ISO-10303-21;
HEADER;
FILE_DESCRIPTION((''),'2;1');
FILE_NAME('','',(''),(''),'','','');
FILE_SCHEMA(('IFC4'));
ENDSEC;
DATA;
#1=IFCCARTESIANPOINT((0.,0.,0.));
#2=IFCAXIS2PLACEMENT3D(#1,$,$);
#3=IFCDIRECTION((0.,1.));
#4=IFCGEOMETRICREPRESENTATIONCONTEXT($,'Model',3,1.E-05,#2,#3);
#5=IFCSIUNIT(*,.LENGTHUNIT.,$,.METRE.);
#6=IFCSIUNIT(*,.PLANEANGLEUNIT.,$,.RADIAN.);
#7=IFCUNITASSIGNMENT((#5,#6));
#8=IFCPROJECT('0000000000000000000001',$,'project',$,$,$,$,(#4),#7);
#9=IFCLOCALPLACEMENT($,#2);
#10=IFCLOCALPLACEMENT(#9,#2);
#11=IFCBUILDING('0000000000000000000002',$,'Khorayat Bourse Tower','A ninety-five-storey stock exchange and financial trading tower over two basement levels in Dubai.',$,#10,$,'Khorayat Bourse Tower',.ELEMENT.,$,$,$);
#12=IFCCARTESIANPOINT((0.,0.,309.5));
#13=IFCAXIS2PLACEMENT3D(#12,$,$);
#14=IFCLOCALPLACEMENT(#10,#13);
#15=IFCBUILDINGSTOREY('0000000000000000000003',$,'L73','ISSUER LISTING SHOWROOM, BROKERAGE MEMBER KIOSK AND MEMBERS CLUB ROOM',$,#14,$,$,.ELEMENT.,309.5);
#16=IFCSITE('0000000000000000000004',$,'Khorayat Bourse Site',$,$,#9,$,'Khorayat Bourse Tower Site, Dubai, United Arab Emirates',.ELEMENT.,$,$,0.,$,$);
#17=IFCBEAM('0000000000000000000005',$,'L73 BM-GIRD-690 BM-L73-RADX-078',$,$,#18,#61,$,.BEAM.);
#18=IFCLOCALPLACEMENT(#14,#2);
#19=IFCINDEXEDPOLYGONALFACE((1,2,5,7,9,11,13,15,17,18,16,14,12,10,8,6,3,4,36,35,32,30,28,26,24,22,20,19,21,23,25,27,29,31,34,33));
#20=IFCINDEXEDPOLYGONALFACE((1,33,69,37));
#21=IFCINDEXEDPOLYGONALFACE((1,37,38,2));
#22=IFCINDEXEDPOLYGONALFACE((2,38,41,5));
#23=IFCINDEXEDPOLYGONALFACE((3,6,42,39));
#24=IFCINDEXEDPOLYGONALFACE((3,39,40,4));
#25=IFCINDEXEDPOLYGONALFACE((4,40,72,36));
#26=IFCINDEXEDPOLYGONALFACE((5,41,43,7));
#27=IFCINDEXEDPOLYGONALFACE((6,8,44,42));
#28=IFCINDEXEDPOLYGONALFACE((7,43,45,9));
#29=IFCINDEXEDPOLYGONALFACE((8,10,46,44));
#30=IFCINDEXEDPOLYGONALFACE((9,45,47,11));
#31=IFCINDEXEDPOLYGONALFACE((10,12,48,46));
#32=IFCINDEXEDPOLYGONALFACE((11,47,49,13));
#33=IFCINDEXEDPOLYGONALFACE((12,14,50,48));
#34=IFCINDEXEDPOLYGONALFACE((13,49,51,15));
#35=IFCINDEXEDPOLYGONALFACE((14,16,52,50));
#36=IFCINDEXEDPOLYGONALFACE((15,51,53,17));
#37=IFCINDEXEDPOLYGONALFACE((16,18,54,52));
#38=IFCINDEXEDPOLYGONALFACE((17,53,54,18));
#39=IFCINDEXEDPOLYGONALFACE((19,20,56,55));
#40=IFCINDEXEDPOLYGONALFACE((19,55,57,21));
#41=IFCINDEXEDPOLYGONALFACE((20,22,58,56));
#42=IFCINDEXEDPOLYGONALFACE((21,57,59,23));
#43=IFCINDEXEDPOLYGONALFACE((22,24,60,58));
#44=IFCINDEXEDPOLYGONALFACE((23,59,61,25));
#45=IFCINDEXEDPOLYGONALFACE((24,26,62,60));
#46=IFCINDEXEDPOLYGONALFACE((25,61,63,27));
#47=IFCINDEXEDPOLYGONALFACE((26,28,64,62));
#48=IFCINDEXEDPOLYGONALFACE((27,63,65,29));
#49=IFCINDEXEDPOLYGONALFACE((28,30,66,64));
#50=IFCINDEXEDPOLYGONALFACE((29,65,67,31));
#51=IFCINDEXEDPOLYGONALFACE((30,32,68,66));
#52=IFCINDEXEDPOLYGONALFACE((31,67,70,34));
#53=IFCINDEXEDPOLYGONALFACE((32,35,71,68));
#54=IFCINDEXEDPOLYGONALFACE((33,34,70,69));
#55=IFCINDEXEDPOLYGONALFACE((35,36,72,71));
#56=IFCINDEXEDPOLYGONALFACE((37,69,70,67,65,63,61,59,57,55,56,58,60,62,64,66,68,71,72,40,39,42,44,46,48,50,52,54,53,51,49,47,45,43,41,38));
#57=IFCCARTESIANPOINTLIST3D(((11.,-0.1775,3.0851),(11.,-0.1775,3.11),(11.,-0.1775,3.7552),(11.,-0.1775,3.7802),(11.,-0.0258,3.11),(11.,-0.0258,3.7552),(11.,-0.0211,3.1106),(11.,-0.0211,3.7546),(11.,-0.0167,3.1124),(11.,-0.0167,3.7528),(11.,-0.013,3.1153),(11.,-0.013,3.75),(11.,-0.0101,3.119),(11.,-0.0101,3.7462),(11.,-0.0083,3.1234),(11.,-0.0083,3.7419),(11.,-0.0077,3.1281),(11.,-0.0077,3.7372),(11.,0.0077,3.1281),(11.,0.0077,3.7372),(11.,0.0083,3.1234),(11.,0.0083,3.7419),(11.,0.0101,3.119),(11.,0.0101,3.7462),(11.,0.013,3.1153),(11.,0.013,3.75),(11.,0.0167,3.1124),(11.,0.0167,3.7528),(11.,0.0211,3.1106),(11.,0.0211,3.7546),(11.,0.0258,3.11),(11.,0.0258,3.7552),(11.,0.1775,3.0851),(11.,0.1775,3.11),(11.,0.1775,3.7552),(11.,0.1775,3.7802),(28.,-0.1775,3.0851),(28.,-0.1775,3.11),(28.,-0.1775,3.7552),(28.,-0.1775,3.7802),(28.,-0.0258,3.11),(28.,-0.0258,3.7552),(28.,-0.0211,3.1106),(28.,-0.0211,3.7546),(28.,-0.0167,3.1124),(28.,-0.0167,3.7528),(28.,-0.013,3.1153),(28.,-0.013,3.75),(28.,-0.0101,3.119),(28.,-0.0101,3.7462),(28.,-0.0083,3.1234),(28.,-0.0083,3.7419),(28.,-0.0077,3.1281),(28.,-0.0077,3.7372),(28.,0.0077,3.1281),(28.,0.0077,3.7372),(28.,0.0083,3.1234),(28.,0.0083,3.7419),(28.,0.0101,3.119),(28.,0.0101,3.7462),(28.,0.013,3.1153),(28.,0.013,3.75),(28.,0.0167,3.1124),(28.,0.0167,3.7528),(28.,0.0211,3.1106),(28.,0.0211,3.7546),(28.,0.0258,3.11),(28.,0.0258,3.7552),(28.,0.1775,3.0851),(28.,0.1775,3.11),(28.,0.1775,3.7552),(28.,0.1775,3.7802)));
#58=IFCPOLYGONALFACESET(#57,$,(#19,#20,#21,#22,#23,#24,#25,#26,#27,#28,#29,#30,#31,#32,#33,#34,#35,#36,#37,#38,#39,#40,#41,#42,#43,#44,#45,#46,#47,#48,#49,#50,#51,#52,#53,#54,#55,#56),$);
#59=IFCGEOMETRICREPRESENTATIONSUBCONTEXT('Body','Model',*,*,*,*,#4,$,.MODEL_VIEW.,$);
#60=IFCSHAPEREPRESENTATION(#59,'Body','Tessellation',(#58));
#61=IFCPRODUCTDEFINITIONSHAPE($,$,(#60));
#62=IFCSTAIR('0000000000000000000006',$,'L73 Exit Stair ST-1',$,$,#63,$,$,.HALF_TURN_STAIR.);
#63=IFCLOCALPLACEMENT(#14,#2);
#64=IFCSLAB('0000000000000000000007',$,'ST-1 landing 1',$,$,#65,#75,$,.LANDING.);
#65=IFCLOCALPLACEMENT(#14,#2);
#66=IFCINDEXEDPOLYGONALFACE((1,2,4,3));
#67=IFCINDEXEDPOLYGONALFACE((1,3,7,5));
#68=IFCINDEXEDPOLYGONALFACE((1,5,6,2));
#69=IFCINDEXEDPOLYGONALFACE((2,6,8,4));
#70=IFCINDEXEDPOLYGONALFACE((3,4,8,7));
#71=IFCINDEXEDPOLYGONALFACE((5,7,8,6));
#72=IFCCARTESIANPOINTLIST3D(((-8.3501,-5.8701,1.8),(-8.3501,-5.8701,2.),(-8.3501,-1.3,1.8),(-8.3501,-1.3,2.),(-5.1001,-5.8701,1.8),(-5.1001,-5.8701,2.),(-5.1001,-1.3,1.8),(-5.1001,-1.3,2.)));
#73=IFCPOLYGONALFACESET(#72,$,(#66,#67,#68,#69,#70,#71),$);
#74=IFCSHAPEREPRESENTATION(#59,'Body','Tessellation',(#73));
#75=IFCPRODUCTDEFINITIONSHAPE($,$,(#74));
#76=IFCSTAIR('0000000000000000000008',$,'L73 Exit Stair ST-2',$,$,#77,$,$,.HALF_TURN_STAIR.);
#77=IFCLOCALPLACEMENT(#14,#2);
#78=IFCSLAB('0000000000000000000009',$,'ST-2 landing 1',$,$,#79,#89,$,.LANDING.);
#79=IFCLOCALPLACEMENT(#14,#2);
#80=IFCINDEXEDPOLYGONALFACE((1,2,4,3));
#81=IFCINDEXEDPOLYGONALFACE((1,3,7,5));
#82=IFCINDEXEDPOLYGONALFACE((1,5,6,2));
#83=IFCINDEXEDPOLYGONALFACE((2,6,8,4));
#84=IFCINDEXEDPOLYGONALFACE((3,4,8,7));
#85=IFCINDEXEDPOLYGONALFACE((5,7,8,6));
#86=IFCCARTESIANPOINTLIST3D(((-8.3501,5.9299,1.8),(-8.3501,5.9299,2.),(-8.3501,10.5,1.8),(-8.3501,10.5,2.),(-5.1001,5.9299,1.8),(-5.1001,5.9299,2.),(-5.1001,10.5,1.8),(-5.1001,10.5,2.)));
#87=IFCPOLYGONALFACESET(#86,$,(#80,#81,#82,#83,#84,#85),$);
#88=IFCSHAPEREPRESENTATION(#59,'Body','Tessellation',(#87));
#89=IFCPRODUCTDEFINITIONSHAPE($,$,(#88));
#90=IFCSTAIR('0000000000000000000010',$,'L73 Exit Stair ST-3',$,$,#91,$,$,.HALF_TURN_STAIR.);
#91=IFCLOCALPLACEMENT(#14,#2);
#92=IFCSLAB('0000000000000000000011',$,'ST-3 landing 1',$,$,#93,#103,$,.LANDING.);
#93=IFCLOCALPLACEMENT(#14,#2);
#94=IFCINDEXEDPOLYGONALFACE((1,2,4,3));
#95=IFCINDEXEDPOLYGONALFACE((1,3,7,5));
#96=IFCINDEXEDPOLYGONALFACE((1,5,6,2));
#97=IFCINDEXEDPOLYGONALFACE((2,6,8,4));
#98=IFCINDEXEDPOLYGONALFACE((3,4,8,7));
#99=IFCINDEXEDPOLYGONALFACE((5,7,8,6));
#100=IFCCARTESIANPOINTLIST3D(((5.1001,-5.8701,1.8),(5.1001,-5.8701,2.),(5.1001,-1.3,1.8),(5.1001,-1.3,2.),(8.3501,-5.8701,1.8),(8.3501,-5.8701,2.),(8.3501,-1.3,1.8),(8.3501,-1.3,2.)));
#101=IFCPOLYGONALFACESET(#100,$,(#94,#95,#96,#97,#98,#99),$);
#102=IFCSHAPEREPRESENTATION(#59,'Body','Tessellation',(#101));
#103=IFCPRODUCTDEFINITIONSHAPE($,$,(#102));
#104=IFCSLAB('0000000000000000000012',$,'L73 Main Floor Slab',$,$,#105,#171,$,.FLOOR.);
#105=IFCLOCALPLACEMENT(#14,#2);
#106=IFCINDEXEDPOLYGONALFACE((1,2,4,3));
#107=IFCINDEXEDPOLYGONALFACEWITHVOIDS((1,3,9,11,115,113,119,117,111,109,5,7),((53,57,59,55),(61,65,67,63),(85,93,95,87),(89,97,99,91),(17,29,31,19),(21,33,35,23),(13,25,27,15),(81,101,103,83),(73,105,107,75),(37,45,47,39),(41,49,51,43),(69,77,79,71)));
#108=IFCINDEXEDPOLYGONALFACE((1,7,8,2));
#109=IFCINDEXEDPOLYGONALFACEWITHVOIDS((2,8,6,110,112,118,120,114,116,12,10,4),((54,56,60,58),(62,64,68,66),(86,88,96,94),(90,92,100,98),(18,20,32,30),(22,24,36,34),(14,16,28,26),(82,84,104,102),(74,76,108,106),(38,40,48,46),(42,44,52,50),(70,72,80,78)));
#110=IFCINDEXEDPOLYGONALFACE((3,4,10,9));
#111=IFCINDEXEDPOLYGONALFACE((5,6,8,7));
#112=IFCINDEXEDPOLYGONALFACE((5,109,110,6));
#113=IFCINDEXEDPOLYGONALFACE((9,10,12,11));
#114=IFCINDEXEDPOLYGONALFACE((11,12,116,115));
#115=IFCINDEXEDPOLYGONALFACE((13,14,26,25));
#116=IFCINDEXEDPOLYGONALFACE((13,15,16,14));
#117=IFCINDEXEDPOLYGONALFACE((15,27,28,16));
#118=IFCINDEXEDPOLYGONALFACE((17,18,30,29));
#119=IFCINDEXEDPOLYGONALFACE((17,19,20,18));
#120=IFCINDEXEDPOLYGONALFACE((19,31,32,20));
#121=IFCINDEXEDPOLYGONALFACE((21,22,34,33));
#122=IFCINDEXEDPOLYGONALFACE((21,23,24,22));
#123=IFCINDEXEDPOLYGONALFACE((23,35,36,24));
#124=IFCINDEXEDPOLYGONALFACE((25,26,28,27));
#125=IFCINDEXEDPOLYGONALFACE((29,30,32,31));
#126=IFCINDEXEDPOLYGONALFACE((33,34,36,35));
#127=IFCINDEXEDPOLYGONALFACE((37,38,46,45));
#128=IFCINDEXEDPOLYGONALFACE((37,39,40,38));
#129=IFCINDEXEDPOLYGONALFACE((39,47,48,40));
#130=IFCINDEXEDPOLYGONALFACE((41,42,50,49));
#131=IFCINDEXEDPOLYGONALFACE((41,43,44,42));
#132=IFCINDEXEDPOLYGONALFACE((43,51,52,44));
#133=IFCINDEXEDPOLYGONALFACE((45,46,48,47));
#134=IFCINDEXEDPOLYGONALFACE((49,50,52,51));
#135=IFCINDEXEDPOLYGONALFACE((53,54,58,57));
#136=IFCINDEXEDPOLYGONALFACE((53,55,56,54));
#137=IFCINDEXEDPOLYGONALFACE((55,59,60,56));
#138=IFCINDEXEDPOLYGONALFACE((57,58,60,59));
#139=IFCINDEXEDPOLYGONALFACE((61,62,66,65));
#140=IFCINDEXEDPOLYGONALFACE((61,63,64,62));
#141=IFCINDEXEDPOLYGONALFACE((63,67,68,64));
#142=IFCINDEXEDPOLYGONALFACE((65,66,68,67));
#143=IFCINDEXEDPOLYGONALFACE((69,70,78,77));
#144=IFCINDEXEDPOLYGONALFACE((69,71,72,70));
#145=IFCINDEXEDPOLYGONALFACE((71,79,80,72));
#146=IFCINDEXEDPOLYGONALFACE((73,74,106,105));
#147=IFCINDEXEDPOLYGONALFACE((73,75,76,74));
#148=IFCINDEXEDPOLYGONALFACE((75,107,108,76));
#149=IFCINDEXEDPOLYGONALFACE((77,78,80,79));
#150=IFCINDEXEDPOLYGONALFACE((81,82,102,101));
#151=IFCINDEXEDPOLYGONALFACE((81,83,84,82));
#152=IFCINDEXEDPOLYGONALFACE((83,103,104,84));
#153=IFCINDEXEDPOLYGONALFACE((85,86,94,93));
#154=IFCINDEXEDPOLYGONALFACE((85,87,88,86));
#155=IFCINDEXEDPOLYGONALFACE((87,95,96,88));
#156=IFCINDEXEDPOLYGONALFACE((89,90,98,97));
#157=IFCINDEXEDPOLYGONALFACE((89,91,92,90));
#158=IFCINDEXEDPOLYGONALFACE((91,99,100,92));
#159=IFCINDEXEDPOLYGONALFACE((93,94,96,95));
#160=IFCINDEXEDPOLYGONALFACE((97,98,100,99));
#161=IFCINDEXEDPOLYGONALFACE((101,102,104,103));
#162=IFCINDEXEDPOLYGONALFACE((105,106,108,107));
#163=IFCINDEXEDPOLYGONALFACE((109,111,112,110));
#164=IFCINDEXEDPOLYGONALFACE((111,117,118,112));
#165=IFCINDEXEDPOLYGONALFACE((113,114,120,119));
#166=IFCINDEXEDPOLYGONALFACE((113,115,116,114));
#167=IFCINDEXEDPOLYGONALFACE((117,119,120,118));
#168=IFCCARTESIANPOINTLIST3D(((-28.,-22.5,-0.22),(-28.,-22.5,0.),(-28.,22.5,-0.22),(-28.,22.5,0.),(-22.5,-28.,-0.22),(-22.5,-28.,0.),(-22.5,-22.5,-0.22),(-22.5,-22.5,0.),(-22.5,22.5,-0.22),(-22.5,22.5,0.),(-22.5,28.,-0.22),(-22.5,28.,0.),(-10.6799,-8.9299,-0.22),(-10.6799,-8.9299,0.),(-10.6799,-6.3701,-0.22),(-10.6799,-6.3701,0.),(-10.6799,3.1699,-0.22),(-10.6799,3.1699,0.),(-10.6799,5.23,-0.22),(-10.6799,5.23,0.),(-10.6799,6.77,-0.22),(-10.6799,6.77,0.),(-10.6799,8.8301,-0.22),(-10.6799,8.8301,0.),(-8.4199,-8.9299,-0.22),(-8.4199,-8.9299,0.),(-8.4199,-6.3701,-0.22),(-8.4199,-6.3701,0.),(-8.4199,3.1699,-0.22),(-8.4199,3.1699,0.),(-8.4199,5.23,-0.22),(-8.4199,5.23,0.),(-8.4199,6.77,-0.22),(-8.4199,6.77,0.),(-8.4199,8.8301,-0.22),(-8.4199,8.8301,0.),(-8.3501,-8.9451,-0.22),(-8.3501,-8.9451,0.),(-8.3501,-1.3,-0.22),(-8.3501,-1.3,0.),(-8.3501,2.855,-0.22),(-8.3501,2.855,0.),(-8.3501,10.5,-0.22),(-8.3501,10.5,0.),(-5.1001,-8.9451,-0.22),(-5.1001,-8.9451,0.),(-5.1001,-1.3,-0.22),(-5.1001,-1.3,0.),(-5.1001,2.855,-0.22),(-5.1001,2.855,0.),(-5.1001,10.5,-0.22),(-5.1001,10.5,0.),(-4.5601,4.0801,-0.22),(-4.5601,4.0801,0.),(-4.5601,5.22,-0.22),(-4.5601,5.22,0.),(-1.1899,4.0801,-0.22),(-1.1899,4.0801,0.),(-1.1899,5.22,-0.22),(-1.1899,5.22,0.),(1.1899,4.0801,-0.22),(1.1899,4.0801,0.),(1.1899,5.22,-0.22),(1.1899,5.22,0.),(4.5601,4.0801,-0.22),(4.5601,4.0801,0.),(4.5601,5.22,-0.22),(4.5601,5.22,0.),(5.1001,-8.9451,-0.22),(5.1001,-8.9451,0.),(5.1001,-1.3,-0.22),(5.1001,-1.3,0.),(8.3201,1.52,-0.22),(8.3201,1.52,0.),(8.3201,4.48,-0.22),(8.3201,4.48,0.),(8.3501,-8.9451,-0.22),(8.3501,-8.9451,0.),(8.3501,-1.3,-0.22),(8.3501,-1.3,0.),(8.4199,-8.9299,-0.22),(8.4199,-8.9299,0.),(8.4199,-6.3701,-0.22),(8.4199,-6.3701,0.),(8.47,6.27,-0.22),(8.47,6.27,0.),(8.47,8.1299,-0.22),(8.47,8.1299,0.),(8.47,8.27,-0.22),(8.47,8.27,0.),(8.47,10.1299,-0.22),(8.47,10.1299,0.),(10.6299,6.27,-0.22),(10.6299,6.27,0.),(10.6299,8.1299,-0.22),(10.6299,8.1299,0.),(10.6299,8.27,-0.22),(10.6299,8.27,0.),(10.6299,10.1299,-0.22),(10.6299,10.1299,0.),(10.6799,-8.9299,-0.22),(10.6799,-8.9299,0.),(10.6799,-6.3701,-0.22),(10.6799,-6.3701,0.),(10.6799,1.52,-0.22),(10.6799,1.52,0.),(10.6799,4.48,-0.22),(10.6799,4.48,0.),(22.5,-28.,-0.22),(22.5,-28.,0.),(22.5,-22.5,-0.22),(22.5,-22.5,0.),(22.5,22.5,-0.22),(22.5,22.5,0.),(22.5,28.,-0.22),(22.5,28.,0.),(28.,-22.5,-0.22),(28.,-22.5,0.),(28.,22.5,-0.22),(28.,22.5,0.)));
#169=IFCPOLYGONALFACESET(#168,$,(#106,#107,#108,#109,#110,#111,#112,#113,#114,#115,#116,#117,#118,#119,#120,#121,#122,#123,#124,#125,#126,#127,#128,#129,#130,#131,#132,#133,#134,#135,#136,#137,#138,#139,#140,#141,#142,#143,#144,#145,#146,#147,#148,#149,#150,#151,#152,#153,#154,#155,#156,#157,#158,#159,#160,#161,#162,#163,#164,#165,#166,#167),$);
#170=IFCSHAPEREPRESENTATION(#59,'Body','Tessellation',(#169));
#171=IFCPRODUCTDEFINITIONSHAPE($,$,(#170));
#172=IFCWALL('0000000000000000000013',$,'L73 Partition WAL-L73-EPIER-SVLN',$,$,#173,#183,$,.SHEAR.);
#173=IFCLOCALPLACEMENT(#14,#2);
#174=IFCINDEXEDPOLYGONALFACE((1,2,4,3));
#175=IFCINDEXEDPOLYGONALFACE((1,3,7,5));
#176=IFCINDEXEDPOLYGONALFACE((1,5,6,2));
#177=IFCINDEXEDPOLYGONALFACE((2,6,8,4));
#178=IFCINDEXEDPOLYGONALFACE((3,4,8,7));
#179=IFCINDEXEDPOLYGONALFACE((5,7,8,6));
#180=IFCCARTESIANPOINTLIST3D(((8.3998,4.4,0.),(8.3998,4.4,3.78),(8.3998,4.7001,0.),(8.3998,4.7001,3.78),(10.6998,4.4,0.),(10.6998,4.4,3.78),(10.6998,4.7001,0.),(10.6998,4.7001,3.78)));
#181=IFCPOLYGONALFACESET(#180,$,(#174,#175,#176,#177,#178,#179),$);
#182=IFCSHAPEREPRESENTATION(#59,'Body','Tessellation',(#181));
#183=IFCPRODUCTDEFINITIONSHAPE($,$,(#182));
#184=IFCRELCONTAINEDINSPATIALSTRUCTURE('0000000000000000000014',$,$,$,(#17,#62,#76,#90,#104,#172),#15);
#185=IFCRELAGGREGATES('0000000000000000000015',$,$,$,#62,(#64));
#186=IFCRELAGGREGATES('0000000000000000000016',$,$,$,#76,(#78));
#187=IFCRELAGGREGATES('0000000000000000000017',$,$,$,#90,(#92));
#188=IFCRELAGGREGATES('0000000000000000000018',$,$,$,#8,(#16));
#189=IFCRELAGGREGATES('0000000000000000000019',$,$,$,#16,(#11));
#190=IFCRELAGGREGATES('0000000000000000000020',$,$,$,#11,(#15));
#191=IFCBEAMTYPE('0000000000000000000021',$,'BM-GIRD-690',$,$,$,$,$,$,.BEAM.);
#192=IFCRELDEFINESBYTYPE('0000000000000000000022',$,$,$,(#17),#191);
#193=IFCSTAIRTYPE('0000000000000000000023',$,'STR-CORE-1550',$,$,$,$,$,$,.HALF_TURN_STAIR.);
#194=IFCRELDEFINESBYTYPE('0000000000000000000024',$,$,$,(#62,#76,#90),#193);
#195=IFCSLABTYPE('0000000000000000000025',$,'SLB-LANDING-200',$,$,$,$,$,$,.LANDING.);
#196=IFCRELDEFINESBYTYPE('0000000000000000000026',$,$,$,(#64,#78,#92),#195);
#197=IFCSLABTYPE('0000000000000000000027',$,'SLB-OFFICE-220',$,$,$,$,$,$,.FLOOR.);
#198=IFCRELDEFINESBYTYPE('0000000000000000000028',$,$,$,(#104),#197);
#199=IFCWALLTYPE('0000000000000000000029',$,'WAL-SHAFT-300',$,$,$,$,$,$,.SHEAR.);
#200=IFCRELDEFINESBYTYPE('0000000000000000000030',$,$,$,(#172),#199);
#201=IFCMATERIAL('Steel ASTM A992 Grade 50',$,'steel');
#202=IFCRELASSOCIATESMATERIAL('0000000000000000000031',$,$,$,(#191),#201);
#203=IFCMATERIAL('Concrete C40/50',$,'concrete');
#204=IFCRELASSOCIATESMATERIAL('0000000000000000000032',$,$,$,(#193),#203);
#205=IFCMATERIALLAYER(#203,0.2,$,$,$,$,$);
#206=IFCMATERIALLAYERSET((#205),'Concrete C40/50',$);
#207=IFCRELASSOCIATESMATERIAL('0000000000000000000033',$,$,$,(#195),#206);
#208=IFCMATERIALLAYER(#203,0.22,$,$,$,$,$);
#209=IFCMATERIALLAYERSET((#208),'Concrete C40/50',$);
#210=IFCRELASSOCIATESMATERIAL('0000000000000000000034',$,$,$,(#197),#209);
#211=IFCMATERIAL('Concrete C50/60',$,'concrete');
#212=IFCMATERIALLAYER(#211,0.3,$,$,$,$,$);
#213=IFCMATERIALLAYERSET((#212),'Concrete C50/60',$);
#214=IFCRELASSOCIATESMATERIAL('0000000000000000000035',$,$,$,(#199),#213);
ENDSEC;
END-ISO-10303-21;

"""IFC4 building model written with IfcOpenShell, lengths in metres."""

from ifc_helpers import new_model, si_unit, direction, frame, frame_2d, origin, origin_2d, place, context, subcontext, project, spatial, polyline, rectangle, i_section, outline, extrude, source, transform, mapped, material, layer, layer_set, material_profile, profile_set, type_object, element, aggregate, save


model = new_model("IFC4")

# Units and contexts
model_context = context("Model", 3, precision=1e-05, world=origin(), true_north=direction((0.0, 1.0)))
body_context = subcontext(model_context, "Body", "Model", "MODEL_VIEW")
ifc_project = project(units=[si_unit("LENGTHUNIT", "METRE"), si_unit("PLANEANGLEUNIT", "RADIAN")], contexts=[model_context])

# Site, building, storey
site_placement = place(None, origin())
site = spatial("IfcSite", under=ifc_project, at=site_placement, Name="Khorayat Bourse Site", LongName="Khorayat Bourse Tower Site, Dubai, United Arab Emirates", CompositionType="ELEMENT", RefElevation=0.0)
building_placement = place(site_placement, origin())
building = spatial("IfcBuilding", under=site, at=building_placement, Name="Khorayat Bourse Tower", Description="A ninety-five-storey stock exchange and financial trading tower over two basement levels in Dubai.", LongName="Khorayat Bourse Tower", CompositionType="ELEMENT")
storey_placement = place(building_placement, frame((0.0, 0.0, 309.5)))
storey = spatial("IfcBuildingStorey", under=building, at=storey_placement, Name="L73", Description="ISSUER LISTING SHOWROOM, BROKERAGE MEMBER KIOSK AND MEMBERS CLUB ROOM", CompositionType="ELEMENT", Elevation=309.5)

# Beam
ifc_material_1 = material(Name="Steel ASTM A992 Grade 50", Category="steel")
ifc_material_profile_1 = material_profile(ifc_material_1, i_section(OverallWidth=0.355, OverallDepth=0.6951, WebThickness=0.0154, FlangeThickness=0.0249, FilletRadius=0.0181, at=origin_2d()), Name="W690X217")
ifc_profile_set_1 = profile_set([ifc_material_profile_1], Name="Steel ASTM A992 Grade 50")
beam_type_1 = type_object("IfcBeamType", Name="BM-GIRD-690", PredefinedType="BEAM", material=ifc_profile_set_1)
shared_shape_1 = source(origin(), body_context, "Body", "SweptSolid", [
    extrude(i_section(OverallWidth=0.355, OverallDepth=0.6951, WebThickness=0.0154, FlangeThickness=0.0249, FilletRadius=0.0181, at=origin_2d()), origin(), (0.0, 0.0, 1.0), 17.0),
])
beam_1_placement = place(storey_placement, frame((11.0, 0.0, 3.4326), z_axis=(1.0, 0.0, 0.0), x_axis=(0.0, 1.0, 0.0)))
element("IfcBeam", 1, at=beam_1_placement, inside=storey, type_object=beam_type_1, Name="L73 BM-GIRD-690 BM-L73-RADX-078", PredefinedType="BEAM", context=body_context, shape_type="MappedRepresentation", body=[
    mapped(shared_shape_1, transform((0.0, 0.0, 0.0), scale=1.0)),
])

# Stairs, slabs
ifc_material_2 = material(Name="Concrete C40/50", Category="concrete")
stair_type = type_object("IfcStairType", Name="STR-CORE-1550", PredefinedType="HALF_TURN_STAIR", material=ifc_material_2)
stair_1_placement = place(storey_placement, origin())
stair_1 = element("IfcStair", 2, at=stair_1_placement, inside=storey, type_object=stair_type, Name="L73 Exit Stair ST-1", PredefinedType="HALF_TURN_STAIR")
ifc_layer_1 = layer(ifc_material_2, 0.2)
ifc_layer_set_1 = layer_set([ifc_layer_1], Name="Concrete C40/50")
slab_type_1 = type_object("IfcSlabType", Name="SLB-LANDING-200", PredefinedType="LANDING", material=ifc_layer_set_1)
slab_1_placement = place(storey_placement, frame((0.0, 0.0, 1.8)))
slab_1 = element("IfcSlab", 3, at=slab_1_placement, type_object=slab_type_1, Name="ST-1 landing 1", PredefinedType="LANDING", context=body_context, shape_type="SweptSolid", body=[
    extrude(outline(polyline([(-5.1001, -5.8701), (-5.1001, -1.3), (-8.3501, -1.3), (-8.3501, -5.8701), (-5.1001, -5.8701)])), origin(), (0.0, 0.0, 1.0), 0.2),
])
aggregate(stair_1, [slab_1])
stair_2_placement = place(storey_placement, origin())
stair_2 = element("IfcStair", 4, at=stair_2_placement, inside=storey, type_object=stair_type, Name="L73 Exit Stair ST-2", PredefinedType="HALF_TURN_STAIR")
slab_2_placement = place(storey_placement, frame((0.0, 0.0, 1.8)))
slab_2 = element("IfcSlab", 5, at=slab_2_placement, type_object=slab_type_1, Name="ST-2 landing 1", PredefinedType="LANDING", context=body_context, shape_type="SweptSolid", body=[
    extrude(outline(polyline([(-5.1001, 5.9299), (-5.1001, 10.5), (-8.3501, 10.5), (-8.3501, 5.9299), (-5.1001, 5.9299)])), origin(), (0.0, 0.0, 1.0), 0.2),
])
aggregate(stair_2, [slab_2])
stair_3_placement = place(storey_placement, origin())
stair_3 = element("IfcStair", 6, at=stair_3_placement, inside=storey, type_object=stair_type, Name="L73 Exit Stair ST-3", PredefinedType="HALF_TURN_STAIR")
slab_3_placement = place(storey_placement, frame((0.0, 0.0, 1.8)))
slab_3 = element("IfcSlab", 7, at=slab_3_placement, type_object=slab_type_1, Name="ST-3 landing 1", PredefinedType="LANDING", context=body_context, shape_type="SweptSolid", body=[
    extrude(outline(polyline([(8.3501, -5.8701), (8.3501, -1.3), (5.1001, -1.3), (5.1001, -5.8701), (8.3501, -5.8701)])), origin(), (0.0, 0.0, 1.0), 0.2),
])
aggregate(stair_3, [slab_3])

# Slab
ifc_layer_2 = layer(ifc_material_2, 0.22)
ifc_layer_set_2 = layer_set([ifc_layer_2], Name="Concrete C40/50")
slab_type_2 = type_object("IfcSlabType", Name="SLB-OFFICE-220", PredefinedType="FLOOR", material=ifc_layer_set_2)
slab_4_placement = place(storey_placement, frame((0.0, 0.0, -0.22)))
element("IfcSlab", 8, at=slab_4_placement, inside=storey, type_object=slab_type_2, Name="L73 Main Floor Slab", PredefinedType="FLOOR", context=body_context, shape_type="SweptSolid", body=[
    extrude(outline(polyline([(-22.5, -28.0), (22.5, -28.0), (22.5, -22.5), (28.0, -22.5), (28.0, 22.5), (22.5, 22.5), (22.5, 28.0), (-22.5, 28.0), (-22.5, 22.5), (-28.0, 22.5), (-28.0, -22.5), (-22.5, -22.5), (-22.5, -28.0)]), holes=[polyline([(-8.3501, -8.9451), (-5.1001, -8.9451), (-5.1001, -1.3), (-8.3501, -1.3), (-8.3501, -8.9451)]), polyline([(-8.3501, 2.855), (-5.1001, 2.855), (-5.1001, 10.5), (-8.3501, 10.5), (-8.3501, 2.855)]), polyline([(5.1001, -8.9451), (8.3501, -8.9451), (8.3501, -1.3), (5.1001, -1.3), (5.1001, -8.9451)]), polyline([(-10.6799, 3.1699), (-8.4199, 3.1699), (-8.4199, 5.23), (-10.6799, 5.23), (-10.6799, 3.1699)]), polyline([(-10.6799, 6.77), (-8.4199, 6.77), (-8.4199, 8.8301), (-10.6799, 8.8301), (-10.6799, 6.77)]), polyline([(8.47, 6.27), (10.6299, 6.27), (10.6299, 8.1299), (8.47, 8.1299), (8.47, 6.27)]), polyline([(8.47, 8.27), (10.6299, 8.27), (10.6299, 10.1299), (8.47, 10.1299), (8.47, 8.27)]), polyline([(-10.6799, -8.9299), (-8.4199, -8.9299), (-8.4199, -6.3701), (-10.6799, -6.3701), (-10.6799, -8.9299)]), polyline([(8.4199, -8.9299), (10.6799, -8.9299), (10.6799, -6.3701), (8.4199, -6.3701), (8.4199, -8.9299)]), polyline([(8.3201, 1.52), (10.6799, 1.52), (10.6799, 4.48), (8.3201, 4.48), (8.3201, 1.52)]), polyline([(-4.5601, 4.0801), (-1.1899, 4.0801), (-1.1899, 5.22), (-4.5601, 5.22), (-4.5601, 4.0801)]), polyline([(1.1899, 4.0801), (4.5601, 4.0801), (4.5601, 5.22), (1.1899, 5.22), (1.1899, 4.0801)])]), origin(), (0.0, 0.0, 1.0), 0.22),
])

# Wall
ifc_material_3 = material(Name="Concrete C50/60", Category="concrete")
ifc_layer_3 = layer(ifc_material_3, 0.3)
ifc_layer_set_3 = layer_set([ifc_layer_3], Name="Concrete C50/60")
wall_type_1 = type_object("IfcWallType", Name="WAL-SHAFT-300", PredefinedType="SHEAR", material=ifc_layer_set_3)
shared_shape_2 = source(origin(), body_context, "Body", "SweptSolid", [
    extrude(rectangle(XDim=2.3, YDim=0.3, at=frame_2d((1.1499, 0.0))), origin(), (0.0, 0.0, 1.0), 3.78),
])
for number, where, z_axis, x_axis, name in (
    (9, (8.3999, 4.55, 0.0), (0.0, 0.0, 1.0), (1.0, 0.0, 0.0), "L73 Partition WAL-L73-EPIER-SVLN"),
):
    element("IfcWall", number, at=place(storey_placement, frame(where, z_axis=z_axis, x_axis=x_axis)), inside=storey, type_object=wall_type_1, Name=name, PredefinedType="SHEAR", context=body_context, shape_type="MappedRepresentation", body=[
        mapped(shared_shape_2, transform((0.0, 0.0, 0.0), scale=1.0)),
    ])

save(model, "model.ifc")
